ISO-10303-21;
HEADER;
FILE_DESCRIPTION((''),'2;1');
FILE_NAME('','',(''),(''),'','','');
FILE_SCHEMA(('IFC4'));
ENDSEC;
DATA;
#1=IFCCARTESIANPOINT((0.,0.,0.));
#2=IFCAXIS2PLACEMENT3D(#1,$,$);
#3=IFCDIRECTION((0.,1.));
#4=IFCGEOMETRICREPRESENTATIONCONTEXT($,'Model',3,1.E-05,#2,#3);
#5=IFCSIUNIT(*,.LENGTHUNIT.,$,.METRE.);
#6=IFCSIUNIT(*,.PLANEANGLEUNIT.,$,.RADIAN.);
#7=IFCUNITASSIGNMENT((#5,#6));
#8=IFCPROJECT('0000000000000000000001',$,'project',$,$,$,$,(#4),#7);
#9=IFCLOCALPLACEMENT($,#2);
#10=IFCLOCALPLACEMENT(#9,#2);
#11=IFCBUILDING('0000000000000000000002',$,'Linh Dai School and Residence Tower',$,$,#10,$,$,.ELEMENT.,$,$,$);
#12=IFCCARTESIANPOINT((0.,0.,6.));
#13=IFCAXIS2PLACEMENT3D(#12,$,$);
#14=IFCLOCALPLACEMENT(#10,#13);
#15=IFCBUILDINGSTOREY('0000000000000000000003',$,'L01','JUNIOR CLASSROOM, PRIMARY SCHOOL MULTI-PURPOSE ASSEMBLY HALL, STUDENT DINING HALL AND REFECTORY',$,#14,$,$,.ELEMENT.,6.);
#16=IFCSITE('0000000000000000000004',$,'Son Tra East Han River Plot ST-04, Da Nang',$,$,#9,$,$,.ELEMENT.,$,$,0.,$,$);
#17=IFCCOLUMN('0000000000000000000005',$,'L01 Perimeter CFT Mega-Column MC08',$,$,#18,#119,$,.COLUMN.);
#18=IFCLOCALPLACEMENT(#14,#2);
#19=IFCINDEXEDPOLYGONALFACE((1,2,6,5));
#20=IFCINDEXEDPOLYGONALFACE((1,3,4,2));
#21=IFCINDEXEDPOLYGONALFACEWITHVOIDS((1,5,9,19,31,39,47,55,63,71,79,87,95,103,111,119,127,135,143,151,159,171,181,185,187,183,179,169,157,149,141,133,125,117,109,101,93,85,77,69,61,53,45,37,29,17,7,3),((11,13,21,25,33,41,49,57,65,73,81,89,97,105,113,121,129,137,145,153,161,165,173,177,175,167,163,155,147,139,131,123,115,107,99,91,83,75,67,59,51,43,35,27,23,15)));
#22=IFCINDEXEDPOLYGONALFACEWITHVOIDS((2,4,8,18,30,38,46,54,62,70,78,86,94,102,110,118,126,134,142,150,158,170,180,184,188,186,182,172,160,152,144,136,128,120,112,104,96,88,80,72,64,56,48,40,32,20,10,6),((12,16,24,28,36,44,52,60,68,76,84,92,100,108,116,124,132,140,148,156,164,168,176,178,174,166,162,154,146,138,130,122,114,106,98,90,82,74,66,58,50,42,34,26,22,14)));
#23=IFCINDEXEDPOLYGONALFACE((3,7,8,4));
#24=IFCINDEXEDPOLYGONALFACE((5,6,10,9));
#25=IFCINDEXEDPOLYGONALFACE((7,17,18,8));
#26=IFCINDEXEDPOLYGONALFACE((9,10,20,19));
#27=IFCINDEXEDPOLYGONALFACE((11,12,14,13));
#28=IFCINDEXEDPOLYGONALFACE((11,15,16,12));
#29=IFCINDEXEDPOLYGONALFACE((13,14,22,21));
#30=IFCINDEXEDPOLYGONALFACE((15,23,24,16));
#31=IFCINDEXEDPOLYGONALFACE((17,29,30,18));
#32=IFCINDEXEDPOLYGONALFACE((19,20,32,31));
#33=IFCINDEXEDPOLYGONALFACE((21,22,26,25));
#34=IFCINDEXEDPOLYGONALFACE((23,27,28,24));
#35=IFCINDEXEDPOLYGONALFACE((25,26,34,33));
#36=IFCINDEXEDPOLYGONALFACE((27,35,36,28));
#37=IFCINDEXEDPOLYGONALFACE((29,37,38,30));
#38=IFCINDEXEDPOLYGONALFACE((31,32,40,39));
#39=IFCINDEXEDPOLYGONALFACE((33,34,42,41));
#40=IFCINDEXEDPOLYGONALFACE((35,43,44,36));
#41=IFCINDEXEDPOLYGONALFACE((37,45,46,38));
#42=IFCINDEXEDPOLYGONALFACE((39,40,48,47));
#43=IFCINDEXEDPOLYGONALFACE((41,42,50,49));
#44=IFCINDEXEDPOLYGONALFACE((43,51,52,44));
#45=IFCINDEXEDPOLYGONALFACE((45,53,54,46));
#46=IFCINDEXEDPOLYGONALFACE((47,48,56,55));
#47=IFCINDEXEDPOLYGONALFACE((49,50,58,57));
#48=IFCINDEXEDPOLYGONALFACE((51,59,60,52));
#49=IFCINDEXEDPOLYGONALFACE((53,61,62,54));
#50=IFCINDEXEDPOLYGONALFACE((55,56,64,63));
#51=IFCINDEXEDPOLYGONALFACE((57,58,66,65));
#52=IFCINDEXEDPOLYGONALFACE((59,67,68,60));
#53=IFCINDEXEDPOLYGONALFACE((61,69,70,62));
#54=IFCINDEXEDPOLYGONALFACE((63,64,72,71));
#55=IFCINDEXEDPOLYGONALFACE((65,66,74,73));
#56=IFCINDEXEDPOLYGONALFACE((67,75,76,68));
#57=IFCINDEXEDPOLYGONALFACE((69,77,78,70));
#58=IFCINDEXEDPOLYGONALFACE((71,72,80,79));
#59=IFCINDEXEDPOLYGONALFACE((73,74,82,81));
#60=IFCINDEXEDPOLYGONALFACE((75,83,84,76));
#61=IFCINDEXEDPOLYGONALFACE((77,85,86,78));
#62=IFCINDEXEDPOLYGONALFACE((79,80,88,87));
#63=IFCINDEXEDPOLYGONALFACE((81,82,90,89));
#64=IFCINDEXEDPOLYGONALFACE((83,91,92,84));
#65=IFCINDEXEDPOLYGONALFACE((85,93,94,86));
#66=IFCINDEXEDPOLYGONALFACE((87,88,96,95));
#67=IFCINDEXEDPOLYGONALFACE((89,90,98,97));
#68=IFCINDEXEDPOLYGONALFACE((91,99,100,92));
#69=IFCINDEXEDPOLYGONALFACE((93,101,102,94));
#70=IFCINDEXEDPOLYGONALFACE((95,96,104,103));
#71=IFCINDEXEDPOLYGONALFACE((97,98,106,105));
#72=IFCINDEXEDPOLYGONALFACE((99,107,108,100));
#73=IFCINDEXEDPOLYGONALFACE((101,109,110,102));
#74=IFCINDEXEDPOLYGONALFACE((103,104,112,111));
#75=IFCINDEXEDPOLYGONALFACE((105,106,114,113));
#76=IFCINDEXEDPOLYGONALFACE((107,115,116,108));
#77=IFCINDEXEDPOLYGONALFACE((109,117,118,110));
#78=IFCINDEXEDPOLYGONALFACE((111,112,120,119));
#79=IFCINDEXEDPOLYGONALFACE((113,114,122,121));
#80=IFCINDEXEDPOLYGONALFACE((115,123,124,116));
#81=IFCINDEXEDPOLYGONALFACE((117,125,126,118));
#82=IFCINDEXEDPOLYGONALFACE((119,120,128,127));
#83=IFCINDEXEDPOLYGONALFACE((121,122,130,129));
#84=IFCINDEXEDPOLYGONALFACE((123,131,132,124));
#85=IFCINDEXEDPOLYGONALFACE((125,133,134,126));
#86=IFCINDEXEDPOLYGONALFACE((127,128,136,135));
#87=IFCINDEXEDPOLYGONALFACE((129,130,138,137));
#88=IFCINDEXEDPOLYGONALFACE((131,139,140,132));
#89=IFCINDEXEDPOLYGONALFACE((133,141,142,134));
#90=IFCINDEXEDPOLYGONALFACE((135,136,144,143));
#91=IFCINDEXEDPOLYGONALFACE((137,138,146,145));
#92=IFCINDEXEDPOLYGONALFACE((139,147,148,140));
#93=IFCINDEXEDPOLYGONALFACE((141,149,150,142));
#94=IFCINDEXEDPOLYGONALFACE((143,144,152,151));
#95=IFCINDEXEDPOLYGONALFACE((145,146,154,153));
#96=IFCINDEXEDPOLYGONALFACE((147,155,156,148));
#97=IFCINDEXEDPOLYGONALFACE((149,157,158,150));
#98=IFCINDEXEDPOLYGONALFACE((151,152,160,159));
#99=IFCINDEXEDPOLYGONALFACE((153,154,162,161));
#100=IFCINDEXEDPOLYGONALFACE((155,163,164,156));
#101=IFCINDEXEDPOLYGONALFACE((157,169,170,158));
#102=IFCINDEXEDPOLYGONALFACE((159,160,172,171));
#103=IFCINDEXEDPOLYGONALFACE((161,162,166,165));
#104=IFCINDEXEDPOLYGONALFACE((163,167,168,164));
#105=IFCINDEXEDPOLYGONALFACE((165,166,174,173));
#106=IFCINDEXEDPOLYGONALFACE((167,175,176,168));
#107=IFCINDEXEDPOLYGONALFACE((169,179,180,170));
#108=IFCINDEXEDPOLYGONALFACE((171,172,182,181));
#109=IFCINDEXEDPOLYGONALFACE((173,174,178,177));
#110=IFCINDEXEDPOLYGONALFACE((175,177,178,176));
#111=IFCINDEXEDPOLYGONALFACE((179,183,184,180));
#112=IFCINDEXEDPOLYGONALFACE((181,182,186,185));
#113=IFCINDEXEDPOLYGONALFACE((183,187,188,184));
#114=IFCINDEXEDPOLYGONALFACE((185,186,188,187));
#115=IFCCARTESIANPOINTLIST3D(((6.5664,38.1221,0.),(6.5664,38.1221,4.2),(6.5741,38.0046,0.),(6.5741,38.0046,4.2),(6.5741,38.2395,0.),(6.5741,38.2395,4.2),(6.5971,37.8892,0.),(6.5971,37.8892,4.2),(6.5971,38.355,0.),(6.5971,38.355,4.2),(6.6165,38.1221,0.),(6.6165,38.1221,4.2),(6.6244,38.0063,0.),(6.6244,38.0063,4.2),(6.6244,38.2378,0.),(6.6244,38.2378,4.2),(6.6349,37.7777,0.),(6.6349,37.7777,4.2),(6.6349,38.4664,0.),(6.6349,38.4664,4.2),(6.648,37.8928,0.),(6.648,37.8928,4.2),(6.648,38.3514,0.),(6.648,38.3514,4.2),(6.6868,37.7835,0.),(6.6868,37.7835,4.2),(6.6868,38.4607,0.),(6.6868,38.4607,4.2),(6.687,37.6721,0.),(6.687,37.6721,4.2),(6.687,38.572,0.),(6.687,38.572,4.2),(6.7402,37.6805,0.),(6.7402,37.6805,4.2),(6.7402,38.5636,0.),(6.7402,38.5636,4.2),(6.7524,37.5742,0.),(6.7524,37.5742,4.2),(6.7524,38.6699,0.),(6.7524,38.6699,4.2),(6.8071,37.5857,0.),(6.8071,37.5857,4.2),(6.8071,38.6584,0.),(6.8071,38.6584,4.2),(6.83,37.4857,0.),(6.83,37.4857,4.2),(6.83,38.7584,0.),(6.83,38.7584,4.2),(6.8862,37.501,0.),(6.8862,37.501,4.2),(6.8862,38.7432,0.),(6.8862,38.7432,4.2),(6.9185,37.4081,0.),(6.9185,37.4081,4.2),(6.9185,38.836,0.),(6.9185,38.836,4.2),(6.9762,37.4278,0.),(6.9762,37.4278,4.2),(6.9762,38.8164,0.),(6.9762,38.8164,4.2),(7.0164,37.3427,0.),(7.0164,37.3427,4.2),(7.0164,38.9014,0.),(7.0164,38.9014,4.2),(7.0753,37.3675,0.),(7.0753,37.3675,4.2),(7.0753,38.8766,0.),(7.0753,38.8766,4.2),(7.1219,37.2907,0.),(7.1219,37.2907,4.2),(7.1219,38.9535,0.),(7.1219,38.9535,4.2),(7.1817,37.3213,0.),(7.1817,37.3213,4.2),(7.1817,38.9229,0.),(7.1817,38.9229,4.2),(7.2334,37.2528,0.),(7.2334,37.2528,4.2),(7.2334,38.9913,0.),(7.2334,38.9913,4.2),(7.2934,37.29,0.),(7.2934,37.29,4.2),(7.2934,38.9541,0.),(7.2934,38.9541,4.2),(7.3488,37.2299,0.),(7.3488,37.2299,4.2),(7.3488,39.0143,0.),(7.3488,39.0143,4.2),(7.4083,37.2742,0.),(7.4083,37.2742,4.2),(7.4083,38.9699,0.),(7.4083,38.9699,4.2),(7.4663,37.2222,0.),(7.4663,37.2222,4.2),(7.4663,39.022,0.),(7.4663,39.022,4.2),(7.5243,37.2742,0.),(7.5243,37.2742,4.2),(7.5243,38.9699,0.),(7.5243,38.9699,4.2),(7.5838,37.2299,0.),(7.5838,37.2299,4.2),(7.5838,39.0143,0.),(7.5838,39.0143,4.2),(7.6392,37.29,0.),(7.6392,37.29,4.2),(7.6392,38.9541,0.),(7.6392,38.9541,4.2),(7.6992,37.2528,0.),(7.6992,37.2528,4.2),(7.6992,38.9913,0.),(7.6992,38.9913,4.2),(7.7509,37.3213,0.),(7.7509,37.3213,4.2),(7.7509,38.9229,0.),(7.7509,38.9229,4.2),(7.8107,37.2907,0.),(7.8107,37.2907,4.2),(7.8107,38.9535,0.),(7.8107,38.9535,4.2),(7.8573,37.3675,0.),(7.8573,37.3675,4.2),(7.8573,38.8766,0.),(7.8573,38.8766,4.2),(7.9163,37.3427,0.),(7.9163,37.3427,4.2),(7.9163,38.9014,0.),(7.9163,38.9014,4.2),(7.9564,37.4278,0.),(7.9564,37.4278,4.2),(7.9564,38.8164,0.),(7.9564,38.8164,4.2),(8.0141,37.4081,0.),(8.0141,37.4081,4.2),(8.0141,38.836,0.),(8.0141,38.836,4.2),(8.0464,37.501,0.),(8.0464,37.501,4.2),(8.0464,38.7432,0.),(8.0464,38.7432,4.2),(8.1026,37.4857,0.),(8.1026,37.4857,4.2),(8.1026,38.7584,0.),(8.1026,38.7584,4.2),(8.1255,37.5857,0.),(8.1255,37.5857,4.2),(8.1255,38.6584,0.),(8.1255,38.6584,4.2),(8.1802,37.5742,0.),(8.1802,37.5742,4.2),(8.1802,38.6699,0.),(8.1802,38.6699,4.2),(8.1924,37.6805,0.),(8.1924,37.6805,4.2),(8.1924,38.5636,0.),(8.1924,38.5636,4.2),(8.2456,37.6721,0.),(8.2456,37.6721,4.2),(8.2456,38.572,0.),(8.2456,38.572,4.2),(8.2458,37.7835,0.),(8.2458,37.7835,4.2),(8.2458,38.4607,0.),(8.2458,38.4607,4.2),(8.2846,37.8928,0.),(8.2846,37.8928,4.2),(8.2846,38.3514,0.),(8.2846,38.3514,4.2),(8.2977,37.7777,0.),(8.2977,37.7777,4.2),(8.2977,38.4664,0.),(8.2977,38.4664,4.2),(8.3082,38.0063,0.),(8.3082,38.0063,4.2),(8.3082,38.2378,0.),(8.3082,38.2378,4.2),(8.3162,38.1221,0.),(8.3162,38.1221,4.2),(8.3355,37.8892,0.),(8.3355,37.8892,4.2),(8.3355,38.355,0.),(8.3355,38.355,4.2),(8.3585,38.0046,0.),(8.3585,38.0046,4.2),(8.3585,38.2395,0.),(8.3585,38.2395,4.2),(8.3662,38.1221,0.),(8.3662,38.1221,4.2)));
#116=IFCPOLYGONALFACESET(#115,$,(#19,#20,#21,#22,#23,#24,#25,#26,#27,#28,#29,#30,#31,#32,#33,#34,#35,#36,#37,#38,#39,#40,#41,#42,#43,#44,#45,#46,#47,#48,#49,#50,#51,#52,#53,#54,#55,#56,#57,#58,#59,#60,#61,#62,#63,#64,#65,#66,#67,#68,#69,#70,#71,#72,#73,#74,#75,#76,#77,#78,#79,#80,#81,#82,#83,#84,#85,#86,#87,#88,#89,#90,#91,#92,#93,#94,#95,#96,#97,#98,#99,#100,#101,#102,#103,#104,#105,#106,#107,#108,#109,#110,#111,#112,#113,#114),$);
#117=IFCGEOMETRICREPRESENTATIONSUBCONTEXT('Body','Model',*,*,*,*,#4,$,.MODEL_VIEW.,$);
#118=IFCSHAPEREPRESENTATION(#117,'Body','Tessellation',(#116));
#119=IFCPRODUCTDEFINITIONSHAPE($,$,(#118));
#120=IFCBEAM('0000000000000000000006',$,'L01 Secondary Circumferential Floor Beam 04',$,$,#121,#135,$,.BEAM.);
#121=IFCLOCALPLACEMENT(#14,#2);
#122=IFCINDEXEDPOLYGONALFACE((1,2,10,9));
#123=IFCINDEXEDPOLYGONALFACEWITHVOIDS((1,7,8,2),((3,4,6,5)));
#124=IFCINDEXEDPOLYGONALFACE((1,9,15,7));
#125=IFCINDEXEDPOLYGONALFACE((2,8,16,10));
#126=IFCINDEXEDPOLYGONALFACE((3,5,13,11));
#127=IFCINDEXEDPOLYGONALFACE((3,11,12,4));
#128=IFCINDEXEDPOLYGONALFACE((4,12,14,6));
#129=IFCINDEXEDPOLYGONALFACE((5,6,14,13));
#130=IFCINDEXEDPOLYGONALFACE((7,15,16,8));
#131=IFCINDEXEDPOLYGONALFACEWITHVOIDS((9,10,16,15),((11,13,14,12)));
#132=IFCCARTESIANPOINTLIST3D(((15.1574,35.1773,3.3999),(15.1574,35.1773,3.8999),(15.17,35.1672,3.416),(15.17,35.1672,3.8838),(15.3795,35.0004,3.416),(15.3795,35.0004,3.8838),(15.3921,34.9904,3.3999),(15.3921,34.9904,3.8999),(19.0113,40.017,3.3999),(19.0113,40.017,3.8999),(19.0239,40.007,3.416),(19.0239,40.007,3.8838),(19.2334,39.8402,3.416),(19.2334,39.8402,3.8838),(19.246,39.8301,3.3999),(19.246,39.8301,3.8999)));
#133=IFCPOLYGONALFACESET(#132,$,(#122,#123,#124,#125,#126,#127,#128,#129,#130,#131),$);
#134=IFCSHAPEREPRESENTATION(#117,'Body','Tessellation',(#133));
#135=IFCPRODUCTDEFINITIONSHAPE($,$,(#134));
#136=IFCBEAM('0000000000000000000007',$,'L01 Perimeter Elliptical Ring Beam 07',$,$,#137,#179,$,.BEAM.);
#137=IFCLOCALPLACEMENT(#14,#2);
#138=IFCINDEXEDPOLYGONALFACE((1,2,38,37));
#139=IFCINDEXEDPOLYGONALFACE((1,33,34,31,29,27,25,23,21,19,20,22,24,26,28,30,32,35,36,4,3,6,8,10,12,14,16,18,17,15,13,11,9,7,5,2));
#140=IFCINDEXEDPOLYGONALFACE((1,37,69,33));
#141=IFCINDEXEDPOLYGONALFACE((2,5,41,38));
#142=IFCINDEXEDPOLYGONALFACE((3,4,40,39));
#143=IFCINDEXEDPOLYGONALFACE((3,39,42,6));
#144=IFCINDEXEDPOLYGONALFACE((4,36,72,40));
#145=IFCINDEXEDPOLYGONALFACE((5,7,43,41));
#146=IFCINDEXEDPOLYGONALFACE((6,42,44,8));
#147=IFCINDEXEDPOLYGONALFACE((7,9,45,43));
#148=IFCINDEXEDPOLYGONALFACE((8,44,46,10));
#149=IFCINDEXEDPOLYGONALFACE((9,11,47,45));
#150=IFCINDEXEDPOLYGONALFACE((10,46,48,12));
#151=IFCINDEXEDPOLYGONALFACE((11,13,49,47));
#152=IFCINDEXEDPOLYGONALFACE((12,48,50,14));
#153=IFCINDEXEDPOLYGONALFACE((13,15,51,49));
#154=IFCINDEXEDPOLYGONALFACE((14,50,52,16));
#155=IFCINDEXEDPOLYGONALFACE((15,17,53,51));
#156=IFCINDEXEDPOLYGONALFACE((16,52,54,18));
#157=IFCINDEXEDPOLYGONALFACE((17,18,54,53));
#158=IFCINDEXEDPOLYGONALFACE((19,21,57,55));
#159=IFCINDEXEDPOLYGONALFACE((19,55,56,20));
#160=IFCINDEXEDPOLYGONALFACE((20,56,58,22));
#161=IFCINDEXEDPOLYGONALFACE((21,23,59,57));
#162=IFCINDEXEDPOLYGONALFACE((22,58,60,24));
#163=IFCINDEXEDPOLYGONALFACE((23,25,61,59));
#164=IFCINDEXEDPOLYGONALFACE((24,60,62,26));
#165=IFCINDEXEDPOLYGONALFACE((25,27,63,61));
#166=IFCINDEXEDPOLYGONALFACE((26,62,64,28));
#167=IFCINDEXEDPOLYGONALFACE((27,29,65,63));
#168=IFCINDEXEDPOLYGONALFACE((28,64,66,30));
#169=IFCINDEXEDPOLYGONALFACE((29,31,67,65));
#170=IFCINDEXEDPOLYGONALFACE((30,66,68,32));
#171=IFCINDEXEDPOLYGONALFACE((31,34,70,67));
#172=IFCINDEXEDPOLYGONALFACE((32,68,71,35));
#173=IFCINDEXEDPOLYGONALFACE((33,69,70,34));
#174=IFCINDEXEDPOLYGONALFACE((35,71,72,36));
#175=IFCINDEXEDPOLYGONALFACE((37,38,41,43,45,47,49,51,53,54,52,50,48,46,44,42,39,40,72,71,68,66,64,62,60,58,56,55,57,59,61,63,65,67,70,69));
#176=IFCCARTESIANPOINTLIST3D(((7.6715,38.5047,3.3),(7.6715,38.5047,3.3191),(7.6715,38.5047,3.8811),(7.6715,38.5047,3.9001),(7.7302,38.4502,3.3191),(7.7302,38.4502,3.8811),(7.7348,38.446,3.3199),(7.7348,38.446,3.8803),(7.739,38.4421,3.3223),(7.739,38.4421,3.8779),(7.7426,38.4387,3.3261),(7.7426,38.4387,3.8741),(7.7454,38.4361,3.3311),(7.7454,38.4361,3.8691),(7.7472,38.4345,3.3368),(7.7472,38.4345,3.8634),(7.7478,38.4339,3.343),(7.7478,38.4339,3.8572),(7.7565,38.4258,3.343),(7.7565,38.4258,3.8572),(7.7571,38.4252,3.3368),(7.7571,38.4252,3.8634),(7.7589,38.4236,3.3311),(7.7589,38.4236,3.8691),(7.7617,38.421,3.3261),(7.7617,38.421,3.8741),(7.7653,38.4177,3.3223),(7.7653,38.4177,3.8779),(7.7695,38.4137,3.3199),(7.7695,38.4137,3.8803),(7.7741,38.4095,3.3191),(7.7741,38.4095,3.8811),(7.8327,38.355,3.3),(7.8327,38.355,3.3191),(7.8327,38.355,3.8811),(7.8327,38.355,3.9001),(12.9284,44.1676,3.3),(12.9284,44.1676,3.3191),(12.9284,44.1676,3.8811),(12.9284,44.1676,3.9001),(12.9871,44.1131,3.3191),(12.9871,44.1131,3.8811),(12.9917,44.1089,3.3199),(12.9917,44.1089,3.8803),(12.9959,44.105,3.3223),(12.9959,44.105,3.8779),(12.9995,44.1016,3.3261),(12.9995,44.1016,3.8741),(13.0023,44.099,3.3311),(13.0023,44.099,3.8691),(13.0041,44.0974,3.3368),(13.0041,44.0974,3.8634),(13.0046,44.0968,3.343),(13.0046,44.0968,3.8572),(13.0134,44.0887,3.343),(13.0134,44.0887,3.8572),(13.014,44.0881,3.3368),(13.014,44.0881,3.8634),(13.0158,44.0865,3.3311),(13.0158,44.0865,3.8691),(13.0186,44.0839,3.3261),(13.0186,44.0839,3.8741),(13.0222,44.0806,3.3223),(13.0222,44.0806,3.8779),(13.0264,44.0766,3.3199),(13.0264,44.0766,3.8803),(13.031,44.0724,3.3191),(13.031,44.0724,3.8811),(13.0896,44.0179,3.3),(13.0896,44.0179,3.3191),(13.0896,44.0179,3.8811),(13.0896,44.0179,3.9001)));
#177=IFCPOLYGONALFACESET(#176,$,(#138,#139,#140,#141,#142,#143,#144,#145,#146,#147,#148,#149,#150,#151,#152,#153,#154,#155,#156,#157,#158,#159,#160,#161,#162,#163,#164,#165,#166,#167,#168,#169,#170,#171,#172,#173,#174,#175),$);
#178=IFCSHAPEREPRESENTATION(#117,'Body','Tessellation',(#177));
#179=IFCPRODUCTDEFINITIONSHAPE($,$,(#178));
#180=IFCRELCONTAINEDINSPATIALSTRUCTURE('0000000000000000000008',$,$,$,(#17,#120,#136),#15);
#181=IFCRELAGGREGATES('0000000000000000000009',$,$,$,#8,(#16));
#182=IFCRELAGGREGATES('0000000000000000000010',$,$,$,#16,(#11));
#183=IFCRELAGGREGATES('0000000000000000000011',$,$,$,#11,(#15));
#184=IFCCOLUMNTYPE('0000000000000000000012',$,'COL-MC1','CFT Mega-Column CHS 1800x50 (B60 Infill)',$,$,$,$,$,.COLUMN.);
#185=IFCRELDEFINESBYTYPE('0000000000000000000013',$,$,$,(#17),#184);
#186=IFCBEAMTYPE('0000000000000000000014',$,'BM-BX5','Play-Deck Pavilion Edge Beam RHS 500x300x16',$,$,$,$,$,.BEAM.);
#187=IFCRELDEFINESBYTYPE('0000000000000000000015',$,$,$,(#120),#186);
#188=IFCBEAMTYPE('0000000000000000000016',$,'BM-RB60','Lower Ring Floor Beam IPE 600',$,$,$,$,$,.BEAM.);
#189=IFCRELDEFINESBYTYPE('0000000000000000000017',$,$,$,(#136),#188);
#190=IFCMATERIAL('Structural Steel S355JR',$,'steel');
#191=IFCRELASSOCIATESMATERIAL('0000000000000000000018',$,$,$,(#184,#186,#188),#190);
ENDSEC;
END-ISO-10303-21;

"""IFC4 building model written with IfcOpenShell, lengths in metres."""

from ifc_helpers import new_model, si_unit, direction, frame, origin, origin_2d, place, context, subcontext, project, spatial, hollow_rectangle, hollow_circle, i_section, extrude, material, material_profile, profile_set, type_object, element, save


model = new_model("IFC4")

# Units and contexts
model_context = context("Model", 3, precision=1e-05, world=origin(), true_north=direction((0.0, 1.0)))
body_context = subcontext(model_context, "Body", "Model", "MODEL_VIEW")
ifc_project = project(units=[si_unit("LENGTHUNIT", "METRE"), si_unit("PLANEANGLEUNIT", "RADIAN")], contexts=[model_context])

# Site, building, storey
site_placement = place(None, origin())
site = spatial("IfcSite", under=ifc_project, at=site_placement, Name="Son Tra East Han River Plot ST-04, Da Nang", CompositionType="ELEMENT", RefElevation=0.0)
building_placement = place(site_placement, origin())
building = spatial("IfcBuilding", under=site, at=building_placement, Name="Linh Dai School and Residence Tower", CompositionType="ELEMENT")
storey_placement = place(building_placement, frame((0.0, 0.0, 6.0)))
storey = spatial("IfcBuildingStorey", under=building, at=storey_placement, Name="L01", Description="JUNIOR CLASSROOM, PRIMARY SCHOOL MULTI-PURPOSE ASSEMBLY HALL, STUDENT DINING HALL AND REFECTORY", CompositionType="ELEMENT", Elevation=6.0)

# Column
ifc_material_1 = material(Name="Structural Steel S355JR", Category="steel")
ifc_material_profile_1 = material_profile(ifc_material_1, hollow_circle(Radius=0.8999, WallThickness=0.05, at=origin_2d()), Name="CHS 1800x50")
ifc_profile_set_1 = profile_set([ifc_material_profile_1], Name="Structural Steel S355JR")
column_type = type_object("IfcColumnType", Name="COL-MC1", Description="CFT Mega-Column CHS 1800x50 (B60 Infill)", PredefinedType="COLUMN", material=ifc_profile_set_1)
for number, where, z_axis, x_axis, name in (
    (1, (7.4663, 38.1221, 0.0), (0.0, 0.0, 1.0), (1.0, 0.0, 0.0), "L01 Perimeter CFT Mega-Column MC08"),
):
    element("IfcColumn", number, at=place(storey_placement, frame(where, z_axis=z_axis, x_axis=x_axis)), inside=storey, type_object=column_type, Name=name, PredefinedType="COLUMN", context=body_context, shape_type="SweptSolid", body=[
        extrude(hollow_circle(Radius=0.8999, WallThickness=0.05, at=origin_2d()), origin(), (0.0, 0.0, 1.0), 4.2),
    ])

# Beams
ifc_material_profile_2 = material_profile(ifc_material_1, hollow_rectangle(XDim=0.3, YDim=0.5, WallThickness=0.0161, at=origin_2d()), Name="RHS 500x300x16")
ifc_profile_set_2 = profile_set([ifc_material_profile_2], Name="Structural Steel S355JR")
beam_type_1 = type_object("IfcBeamType", Name="BM-BX5", Description="Play-Deck Pavilion Edge Beam RHS 500x300x16", PredefinedType="BEAM", material=ifc_profile_set_2)
beam_1_placement = place(storey_placement, frame((19.1287, 39.9236, 3.6499), z_axis=(-0.622932, -0.782276, 0.0), x_axis=(0.782276, -0.622932, 0.0)))
element("IfcBeam", 2, at=beam_1_placement, inside=storey, type_object=beam_type_1, Name="L01 Secondary Circumferential Floor Beam 04", PredefinedType="BEAM", context=body_context, shape_type="SweptSolid", body=[
    extrude(hollow_rectangle(XDim=0.3, YDim=0.5, WallThickness=0.0161, at=origin_2d()), origin(), (0.0, 0.0, 1.0), 6.1868),
])
ifc_material_profile_3 = material_profile(ifc_material_1, i_section(OverallWidth=0.22, OverallDepth=0.6001, WebThickness=0.012, FlangeThickness=0.019, FilletRadius=0.0239, at=origin_2d()), Name="IPE 600")
ifc_profile_set_3 = profile_set([ifc_material_profile_3], Name="Structural Steel S355JR")
beam_type_2 = type_object("IfcBeamType", Name="BM-RB60", Description="Lower Ring Floor Beam IPE 600", PredefinedType="BEAM", material=ifc_profile_set_3)
beam_2_placement = place(storey_placement, frame((13.009, 44.0928, 3.6001), z_axis=(-0.680346, -0.732891, 0.0), x_axis=(0.732891, -0.680346, 0.0)))
element("IfcBeam", 3, at=beam_2_placement, inside=storey, type_object=beam_type_2, Name="L01 Perimeter Elliptical Ring Beam 07", PredefinedType="BEAM", context=body_context, shape_type="SweptSolid", body=[
    extrude(i_section(OverallWidth=0.22, OverallDepth=0.6001, WebThickness=0.012, FlangeThickness=0.019, FilletRadius=0.0239, at=origin_2d()), origin(), (0.0, 0.0, 1.0), 7.7268),
])

save(model, "model.ifc")
